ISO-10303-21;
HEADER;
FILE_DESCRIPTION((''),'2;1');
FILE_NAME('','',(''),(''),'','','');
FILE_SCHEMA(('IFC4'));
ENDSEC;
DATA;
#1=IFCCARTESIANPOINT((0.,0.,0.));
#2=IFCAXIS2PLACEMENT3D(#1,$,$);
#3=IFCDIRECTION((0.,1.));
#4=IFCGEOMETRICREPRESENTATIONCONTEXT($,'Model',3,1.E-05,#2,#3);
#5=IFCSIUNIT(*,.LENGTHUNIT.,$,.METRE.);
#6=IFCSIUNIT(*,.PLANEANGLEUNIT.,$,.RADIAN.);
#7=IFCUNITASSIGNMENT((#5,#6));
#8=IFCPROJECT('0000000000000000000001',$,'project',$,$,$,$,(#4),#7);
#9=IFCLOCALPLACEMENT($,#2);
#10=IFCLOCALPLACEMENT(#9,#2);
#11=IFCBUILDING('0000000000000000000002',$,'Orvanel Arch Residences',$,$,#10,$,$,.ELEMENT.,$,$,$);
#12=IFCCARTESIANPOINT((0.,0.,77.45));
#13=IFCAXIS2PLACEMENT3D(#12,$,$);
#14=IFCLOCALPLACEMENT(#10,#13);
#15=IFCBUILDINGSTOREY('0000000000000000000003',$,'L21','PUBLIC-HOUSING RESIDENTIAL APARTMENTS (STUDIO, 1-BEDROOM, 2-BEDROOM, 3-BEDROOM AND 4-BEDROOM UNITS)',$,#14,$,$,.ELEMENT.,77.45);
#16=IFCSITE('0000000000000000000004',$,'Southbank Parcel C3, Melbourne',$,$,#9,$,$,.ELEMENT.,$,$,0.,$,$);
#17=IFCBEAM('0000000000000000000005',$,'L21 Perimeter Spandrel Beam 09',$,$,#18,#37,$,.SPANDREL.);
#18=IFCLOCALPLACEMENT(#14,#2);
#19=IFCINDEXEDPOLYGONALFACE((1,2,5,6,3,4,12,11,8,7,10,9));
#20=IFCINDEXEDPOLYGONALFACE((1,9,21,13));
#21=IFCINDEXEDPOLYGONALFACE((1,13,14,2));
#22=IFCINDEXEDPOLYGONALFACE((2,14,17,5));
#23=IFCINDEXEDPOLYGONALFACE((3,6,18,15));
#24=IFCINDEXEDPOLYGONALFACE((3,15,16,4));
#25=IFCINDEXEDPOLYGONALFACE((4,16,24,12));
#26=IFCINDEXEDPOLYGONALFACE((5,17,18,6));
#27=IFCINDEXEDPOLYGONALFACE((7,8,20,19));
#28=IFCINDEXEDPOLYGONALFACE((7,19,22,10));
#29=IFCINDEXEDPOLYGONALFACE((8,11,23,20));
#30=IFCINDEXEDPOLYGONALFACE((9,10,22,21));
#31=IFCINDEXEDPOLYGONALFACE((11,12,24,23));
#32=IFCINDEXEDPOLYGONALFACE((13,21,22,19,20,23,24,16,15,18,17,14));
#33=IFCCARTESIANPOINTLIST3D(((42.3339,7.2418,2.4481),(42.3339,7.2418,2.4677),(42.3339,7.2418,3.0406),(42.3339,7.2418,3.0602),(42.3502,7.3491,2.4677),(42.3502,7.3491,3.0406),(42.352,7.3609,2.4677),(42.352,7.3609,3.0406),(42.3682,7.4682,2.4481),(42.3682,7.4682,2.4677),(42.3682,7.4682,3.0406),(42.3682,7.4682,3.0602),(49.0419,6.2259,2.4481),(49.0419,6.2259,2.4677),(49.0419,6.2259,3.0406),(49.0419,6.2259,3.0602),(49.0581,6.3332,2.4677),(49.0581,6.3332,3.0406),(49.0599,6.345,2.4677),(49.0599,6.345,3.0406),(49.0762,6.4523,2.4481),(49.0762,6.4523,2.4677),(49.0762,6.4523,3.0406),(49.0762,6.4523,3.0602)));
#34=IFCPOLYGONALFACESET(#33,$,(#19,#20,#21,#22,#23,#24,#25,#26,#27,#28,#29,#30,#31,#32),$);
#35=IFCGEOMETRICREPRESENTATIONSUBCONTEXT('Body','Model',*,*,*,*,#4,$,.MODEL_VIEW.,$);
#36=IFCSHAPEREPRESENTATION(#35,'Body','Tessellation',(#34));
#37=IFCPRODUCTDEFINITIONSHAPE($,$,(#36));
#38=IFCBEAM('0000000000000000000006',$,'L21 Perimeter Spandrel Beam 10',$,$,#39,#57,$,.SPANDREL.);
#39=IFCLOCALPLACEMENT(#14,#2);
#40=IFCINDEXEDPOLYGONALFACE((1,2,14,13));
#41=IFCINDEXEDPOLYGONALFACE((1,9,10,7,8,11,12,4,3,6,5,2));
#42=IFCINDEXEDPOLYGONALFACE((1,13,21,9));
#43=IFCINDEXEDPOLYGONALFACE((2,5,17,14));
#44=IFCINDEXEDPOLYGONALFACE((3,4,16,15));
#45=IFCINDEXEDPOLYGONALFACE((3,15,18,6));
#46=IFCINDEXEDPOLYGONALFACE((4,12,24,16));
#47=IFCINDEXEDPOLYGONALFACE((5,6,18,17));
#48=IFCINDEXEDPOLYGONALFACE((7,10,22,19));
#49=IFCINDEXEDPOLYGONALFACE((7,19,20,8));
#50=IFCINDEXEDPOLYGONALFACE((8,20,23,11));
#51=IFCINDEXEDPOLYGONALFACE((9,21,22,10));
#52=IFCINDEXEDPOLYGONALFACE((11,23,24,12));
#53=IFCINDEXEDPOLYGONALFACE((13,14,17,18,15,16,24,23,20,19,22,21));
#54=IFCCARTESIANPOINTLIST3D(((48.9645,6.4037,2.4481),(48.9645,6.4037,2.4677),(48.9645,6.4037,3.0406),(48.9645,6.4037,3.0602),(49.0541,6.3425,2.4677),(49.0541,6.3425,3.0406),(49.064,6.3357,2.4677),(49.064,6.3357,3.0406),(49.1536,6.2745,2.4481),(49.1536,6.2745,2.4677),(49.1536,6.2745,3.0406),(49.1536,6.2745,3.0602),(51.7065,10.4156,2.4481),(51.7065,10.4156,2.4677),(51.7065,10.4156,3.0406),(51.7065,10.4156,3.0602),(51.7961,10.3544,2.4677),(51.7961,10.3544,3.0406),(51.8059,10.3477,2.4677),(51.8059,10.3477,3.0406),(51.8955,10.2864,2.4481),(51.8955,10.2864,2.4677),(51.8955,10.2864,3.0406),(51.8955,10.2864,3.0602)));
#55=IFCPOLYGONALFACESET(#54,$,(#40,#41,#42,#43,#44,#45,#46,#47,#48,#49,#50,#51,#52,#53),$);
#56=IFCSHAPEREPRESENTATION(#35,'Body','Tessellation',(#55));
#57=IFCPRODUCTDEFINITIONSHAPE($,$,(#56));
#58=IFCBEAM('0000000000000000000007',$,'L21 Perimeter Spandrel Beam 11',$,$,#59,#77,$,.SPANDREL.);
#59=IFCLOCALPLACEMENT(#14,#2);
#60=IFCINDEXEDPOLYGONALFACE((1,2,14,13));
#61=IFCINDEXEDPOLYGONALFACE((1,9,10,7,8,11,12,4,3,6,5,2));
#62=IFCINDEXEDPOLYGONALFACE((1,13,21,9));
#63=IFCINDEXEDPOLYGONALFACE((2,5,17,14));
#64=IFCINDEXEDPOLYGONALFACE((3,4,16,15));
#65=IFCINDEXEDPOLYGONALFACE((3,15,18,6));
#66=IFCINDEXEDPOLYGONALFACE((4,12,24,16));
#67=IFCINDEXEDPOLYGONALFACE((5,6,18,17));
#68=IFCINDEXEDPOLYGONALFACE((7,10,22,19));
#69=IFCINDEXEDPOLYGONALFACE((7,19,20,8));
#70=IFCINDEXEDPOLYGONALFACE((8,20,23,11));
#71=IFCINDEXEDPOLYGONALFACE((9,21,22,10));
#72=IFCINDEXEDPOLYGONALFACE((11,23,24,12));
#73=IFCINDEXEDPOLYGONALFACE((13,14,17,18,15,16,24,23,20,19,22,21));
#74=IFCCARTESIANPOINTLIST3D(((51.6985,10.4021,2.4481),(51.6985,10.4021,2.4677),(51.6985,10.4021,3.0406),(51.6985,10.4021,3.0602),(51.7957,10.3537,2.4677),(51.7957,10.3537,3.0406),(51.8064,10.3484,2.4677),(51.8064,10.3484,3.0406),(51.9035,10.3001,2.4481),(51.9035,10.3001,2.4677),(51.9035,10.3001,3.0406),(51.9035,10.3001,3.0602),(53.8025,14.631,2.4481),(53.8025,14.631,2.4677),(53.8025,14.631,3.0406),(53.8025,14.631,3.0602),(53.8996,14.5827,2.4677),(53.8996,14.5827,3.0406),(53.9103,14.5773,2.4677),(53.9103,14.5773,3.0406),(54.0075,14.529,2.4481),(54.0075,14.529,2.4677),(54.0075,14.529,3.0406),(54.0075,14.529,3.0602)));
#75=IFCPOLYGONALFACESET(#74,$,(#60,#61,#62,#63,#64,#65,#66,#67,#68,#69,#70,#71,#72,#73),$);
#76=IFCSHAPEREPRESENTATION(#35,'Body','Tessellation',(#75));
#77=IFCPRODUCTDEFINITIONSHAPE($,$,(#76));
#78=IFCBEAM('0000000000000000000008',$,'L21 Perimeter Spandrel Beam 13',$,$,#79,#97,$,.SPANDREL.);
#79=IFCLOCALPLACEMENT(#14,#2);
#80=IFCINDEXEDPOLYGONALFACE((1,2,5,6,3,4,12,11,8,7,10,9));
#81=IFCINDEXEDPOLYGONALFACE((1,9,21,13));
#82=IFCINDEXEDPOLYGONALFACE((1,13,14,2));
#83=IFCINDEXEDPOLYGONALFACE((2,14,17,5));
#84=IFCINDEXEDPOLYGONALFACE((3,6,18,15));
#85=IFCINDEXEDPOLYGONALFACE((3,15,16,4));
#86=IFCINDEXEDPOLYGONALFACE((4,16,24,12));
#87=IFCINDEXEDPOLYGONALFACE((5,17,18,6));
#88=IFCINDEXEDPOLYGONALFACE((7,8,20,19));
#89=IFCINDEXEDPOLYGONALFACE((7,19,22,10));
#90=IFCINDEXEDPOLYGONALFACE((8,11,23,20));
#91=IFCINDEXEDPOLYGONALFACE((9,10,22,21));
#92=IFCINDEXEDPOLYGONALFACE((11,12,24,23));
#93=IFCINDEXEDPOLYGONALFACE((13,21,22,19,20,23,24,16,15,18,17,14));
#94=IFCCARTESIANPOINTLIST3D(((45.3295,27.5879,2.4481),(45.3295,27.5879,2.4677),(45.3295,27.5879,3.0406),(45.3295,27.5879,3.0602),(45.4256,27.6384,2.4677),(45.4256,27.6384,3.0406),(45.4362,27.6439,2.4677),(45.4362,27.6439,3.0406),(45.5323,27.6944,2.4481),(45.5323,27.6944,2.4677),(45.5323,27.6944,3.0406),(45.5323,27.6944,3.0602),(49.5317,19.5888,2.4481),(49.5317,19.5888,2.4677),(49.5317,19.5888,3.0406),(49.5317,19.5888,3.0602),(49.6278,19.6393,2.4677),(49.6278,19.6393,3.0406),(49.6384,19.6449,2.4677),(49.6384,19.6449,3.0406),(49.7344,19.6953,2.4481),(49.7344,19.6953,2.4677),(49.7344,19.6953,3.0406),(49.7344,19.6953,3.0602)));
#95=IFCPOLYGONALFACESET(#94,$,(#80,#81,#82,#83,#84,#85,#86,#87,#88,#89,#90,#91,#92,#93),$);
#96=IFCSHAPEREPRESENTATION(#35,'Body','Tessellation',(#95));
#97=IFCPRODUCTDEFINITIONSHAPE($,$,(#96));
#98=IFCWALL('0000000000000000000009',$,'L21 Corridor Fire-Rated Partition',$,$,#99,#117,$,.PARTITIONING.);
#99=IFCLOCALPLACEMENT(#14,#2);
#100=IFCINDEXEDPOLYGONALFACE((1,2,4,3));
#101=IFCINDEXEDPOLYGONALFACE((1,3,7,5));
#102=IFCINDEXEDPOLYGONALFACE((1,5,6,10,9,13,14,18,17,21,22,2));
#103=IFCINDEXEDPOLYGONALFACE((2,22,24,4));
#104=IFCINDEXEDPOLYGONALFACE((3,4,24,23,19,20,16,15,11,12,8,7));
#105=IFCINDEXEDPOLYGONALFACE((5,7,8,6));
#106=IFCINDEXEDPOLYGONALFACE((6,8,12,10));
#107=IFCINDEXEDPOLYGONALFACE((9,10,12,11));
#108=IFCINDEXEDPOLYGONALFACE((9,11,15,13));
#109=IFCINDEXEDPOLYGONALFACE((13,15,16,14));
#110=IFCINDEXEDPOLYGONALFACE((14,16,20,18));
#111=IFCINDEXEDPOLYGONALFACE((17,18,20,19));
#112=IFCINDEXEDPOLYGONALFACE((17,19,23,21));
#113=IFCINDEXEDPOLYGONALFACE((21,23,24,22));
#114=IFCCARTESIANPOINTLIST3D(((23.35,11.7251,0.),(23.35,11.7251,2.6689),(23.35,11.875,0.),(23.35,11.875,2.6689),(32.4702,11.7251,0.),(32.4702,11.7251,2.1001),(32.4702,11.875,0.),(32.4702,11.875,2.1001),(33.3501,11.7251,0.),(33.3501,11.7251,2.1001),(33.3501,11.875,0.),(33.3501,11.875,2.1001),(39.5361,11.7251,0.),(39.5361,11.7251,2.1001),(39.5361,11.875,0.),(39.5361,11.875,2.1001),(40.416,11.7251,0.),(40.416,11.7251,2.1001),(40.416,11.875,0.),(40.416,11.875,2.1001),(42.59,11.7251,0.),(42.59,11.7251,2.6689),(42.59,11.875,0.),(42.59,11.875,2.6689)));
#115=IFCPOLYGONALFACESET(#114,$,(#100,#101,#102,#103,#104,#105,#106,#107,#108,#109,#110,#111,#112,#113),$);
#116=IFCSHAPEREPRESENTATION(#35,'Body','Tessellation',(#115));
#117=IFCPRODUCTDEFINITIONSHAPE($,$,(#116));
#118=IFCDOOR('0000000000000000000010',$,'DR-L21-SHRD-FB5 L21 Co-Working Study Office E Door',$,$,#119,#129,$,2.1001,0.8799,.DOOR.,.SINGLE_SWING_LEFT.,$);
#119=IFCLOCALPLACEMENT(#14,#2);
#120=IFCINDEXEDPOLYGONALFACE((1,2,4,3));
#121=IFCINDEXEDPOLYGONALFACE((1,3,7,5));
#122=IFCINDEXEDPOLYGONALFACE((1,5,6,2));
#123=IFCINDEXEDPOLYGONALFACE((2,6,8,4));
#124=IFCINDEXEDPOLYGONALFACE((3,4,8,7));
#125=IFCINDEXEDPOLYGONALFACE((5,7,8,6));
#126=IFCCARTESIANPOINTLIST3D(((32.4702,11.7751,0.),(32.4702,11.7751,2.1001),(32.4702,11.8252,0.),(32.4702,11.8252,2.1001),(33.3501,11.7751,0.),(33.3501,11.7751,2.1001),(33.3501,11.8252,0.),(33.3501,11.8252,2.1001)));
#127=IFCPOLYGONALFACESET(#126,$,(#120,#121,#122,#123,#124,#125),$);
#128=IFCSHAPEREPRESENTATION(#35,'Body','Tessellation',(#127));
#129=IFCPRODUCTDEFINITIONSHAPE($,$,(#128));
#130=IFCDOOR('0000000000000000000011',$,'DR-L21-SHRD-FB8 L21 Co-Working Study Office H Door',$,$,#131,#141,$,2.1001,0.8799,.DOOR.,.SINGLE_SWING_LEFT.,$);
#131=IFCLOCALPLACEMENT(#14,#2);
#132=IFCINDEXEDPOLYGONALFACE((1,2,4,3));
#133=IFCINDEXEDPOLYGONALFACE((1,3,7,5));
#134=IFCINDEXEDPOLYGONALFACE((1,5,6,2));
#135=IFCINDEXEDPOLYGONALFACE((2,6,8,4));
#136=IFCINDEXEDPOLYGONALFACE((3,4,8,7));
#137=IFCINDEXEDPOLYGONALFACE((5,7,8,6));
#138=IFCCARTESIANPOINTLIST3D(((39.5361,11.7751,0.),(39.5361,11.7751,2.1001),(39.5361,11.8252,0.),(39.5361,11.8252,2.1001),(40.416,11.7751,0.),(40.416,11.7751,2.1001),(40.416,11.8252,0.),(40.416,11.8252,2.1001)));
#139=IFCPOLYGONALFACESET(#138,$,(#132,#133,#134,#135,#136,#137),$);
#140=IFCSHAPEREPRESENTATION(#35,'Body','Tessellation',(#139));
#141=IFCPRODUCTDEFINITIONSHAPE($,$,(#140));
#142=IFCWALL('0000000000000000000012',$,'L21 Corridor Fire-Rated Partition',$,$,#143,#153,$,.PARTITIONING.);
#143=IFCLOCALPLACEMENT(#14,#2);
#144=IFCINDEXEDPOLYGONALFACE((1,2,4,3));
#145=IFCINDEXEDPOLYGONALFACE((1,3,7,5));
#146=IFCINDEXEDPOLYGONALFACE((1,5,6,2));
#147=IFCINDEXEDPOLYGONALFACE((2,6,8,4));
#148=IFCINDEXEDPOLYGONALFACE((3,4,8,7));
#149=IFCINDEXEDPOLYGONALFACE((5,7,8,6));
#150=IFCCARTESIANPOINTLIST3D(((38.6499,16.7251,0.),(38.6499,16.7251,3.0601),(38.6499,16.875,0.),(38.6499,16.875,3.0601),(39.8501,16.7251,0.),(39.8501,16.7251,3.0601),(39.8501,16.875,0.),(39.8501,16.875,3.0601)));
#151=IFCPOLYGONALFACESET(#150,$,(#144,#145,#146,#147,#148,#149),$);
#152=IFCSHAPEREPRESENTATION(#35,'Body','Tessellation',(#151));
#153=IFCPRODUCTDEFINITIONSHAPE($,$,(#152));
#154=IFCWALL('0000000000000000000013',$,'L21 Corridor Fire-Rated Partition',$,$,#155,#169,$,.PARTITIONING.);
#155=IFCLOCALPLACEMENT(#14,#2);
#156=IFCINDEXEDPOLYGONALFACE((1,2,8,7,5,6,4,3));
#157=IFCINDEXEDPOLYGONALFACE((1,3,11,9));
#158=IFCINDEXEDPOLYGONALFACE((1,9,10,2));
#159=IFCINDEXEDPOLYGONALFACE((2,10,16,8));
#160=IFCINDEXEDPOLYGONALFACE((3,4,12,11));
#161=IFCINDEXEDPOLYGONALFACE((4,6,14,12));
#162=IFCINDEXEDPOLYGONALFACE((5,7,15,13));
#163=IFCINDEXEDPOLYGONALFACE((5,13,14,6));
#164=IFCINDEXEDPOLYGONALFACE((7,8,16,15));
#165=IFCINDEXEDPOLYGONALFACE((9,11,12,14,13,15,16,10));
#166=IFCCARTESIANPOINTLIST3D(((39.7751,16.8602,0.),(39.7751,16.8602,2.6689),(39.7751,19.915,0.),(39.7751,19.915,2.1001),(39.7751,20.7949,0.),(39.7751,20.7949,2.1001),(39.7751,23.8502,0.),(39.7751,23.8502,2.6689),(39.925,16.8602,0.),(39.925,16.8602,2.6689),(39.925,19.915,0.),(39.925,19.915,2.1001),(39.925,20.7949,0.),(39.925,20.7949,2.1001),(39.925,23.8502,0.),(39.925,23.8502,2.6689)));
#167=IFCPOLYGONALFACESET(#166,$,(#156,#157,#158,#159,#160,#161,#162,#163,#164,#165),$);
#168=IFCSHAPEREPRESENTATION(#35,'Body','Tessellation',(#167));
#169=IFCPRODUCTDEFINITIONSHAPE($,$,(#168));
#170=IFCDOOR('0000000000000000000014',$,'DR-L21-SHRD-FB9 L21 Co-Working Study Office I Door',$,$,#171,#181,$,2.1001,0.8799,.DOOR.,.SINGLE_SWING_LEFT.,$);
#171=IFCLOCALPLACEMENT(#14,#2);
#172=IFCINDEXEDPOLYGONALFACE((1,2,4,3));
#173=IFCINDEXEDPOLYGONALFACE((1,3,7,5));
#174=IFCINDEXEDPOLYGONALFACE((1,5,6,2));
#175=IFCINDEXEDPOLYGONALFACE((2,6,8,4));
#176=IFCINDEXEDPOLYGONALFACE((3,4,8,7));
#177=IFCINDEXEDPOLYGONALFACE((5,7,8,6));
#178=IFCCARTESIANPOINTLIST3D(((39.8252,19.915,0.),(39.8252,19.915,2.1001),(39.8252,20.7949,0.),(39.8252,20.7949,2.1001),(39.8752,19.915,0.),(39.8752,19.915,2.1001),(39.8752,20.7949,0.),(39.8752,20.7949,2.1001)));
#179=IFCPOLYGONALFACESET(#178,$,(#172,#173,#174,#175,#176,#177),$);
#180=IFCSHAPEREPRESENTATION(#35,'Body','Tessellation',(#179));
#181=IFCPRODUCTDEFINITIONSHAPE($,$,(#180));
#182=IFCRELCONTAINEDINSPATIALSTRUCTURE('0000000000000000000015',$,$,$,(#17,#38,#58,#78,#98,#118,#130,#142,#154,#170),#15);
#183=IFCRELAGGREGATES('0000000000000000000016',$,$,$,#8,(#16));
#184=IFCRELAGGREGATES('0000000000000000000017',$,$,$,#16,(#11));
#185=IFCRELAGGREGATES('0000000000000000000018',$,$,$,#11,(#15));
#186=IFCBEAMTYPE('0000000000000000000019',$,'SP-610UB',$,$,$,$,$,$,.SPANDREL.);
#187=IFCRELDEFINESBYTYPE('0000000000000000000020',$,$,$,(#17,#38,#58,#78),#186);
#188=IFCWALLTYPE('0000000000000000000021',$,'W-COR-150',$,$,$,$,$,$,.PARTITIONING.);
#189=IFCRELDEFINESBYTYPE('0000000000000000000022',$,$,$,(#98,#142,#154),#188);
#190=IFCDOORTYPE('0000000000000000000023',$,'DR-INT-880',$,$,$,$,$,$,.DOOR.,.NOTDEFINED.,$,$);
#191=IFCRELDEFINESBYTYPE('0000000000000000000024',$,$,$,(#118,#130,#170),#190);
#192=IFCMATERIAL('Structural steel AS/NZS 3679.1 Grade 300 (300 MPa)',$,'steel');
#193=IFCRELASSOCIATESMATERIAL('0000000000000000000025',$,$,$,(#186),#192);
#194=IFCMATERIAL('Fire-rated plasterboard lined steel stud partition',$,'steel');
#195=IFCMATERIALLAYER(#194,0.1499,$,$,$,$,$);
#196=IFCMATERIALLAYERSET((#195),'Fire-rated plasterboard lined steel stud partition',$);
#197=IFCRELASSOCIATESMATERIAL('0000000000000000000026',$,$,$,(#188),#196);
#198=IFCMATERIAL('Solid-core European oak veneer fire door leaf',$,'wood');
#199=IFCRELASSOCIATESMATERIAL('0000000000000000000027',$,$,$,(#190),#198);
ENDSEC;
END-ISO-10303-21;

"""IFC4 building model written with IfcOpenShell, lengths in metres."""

from ifc_helpers import new_model, si_unit, direction, frame, frame_2d, origin, origin_2d, place, context, subcontext, project, spatial, rectangle, i_section, extrude, material, layer, layer_set, material_profile, profile_set, type_object, element, fill, save


model = new_model("IFC4")

# Units and contexts
model_context = context("Model", 3, precision=1e-05, world=origin(), true_north=direction((0.0, 1.0)))
body_context = subcontext(model_context, "Body", "Model", "MODEL_VIEW")
ifc_project = project(units=[si_unit("LENGTHUNIT", "METRE"), si_unit("PLANEANGLEUNIT", "RADIAN")], contexts=[model_context])

# Site, building, storey
site_placement = place(None, origin())
site = spatial("IfcSite", under=ifc_project, at=site_placement, Name="Southbank Parcel C3, Melbourne", CompositionType="ELEMENT", RefElevation=0.0)
building_placement = place(site_placement, origin())
building = spatial("IfcBuilding", under=site, at=building_placement, Name="Orvanel Arch Residences", CompositionType="ELEMENT")
storey_placement = place(building_placement, frame((0.0, 0.0, 77.45)))
storey = spatial("IfcBuildingStorey", under=building, at=storey_placement, Name="L21", Description="PUBLIC-HOUSING RESIDENTIAL APARTMENTS (STUDIO, 1-BEDROOM, 2-BEDROOM, 3-BEDROOM AND 4-BEDROOM UNITS)", CompositionType="ELEMENT", Elevation=77.45)

# Beams
ifc_material_1 = material(Name="Structural steel AS/NZS 3679.1 Grade 300 (300 MPa)", Category="steel")
ifc_material_profile_1 = material_profile(ifc_material_1, i_section(OverallWidth=0.229, OverallDepth=0.6121, WebThickness=0.012, FlangeThickness=0.0195, at=origin_2d()), Name="610UB125")
ifc_profile_set_1 = profile_set([ifc_material_profile_1], Name="Structural steel AS/NZS 3679.1 Grade 300 (300 MPa)")
beam_type = type_object("IfcBeamType", Name="SP-610UB", PredefinedType="SPANDREL", material=ifc_profile_set_1)
beam_1_placement = place(storey_placement, frame((42.3511, 7.355, 2.7542), z_axis=(0.988726, -0.149734, 0.0), x_axis=(0.149734, 0.988726, 0.0)))
element("IfcBeam", 1, at=beam_1_placement, inside=storey, type_object=beam_type, Name="L21 Perimeter Spandrel Beam 09", PredefinedType="SPANDREL", context=body_context, shape_type="SweptSolid", body=[
    extrude(i_section(OverallWidth=0.229, OverallDepth=0.6121, WebThickness=0.012, FlangeThickness=0.0195, at=origin_2d()), origin(), (0.0, 0.0, 1.0), 6.7844),
])
beam_2_placement = place(storey_placement, frame((49.0591, 6.3391, 2.7542), z_axis=(0.564252, 0.825603, 0.0), x_axis=(-0.825603, 0.564252, 0.0)))
element("IfcBeam", 2, at=beam_2_placement, inside=storey, type_object=beam_type, Name="L21 Perimeter Spandrel Beam 10", PredefinedType="SPANDREL", context=body_context, shape_type="SweptSolid", body=[
    extrude(i_section(OverallWidth=0.229, OverallDepth=0.6121, WebThickness=0.012, FlangeThickness=0.0195, at=origin_2d()), origin(), (0.0, 0.0, 1.0), 4.8594),
])
beam_3_placement = place(storey_placement, frame((51.801, 10.3511, 2.7542), z_axis=(0.445435, 0.895314, 0.0), x_axis=(-0.895314, 0.445435, 0.0)))
element("IfcBeam", 3, at=beam_3_placement, inside=storey, type_object=beam_type, Name="L21 Perimeter Spandrel Beam 11", PredefinedType="SPANDREL", context=body_context, shape_type="SweptSolid", body=[
    extrude(i_section(OverallWidth=0.229, OverallDepth=0.6121, WebThickness=0.012, FlangeThickness=0.0195, at=origin_2d()), origin(), (0.0, 0.0, 1.0), 4.7234),
])
beam_4_placement = place(storey_placement, frame((49.6331, 19.6421, 2.7542), z_axis=(-0.465065, 0.885277, 0.0), x_axis=(-0.885277, -0.465065, 0.0)))
element("IfcBeam", 4, at=beam_4_placement, inside=storey, type_object=beam_type, Name="L21 Perimeter Spandrel Beam 13", PredefinedType="SPANDREL", context=body_context, shape_type="SweptSolid", body=[
    extrude(i_section(OverallWidth=0.229, OverallDepth=0.6121, WebThickness=0.012, FlangeThickness=0.0195, at=origin_2d()), origin(), (0.0, 0.0, 1.0), 9.0356),
])

# Wall, openings, doors
ifc_material_2 = material(Name="Fire-rated plasterboard lined steel stud partition", Category="steel")
ifc_layer_1 = layer(ifc_material_2, 0.1499)
ifc_layer_set_1 = layer_set([ifc_layer_1], Name="Fire-rated plasterboard lined steel stud partition")
wall_type_1 = type_object("IfcWallType", Name="W-COR-150", PredefinedType="PARTITIONING", material=ifc_layer_set_1)
wall_1_placement = place(storey_placement, frame((42.5901, 11.8, 0.0), z_axis=(0.0, 0.0, 1.0), x_axis=(-1.0, 0.0, 0.0)))
wall_1 = element("IfcWall", 5, at=wall_1_placement, inside=storey, type_object=wall_type_1, Name="L21 Corridor Fire-Rated Partition", PredefinedType="PARTITIONING", context=body_context, shape_type="SweptSolid", body=[
    extrude(rectangle(XDim=19.24, YDim=0.1499, at=frame_2d((9.6201, 0.0))), origin(), (0.0, 0.0, 1.0), 2.6689),
])
opening_1_placement = place(wall_1_placement, frame((9.24, 0.0, 0.0)))
opening_1 = element("IfcOpeningElement", 6, at=opening_1_placement, cuts=wall_1, PredefinedType="OPENING", context=body_context, shape_type="SweptSolid", body=[
    extrude(rectangle(XDim=0.8799, YDim=2.1001, at=frame_2d((0.4399, 1.05))), frame((0.0, 0.085, 0.0), z_axis=(0.0, -1.0, 0.0), x_axis=(1.0, 0.0, 0.0)), (0.0, 0.0, 1.0), 0.1699),
])
opening_2_placement = place(wall_1_placement, frame((2.1741, 0.0, 0.0)))
opening_2 = element("IfcOpeningElement", 7, at=opening_2_placement, cuts=wall_1, PredefinedType="OPENING", context=body_context, shape_type="SweptSolid", body=[
    extrude(rectangle(XDim=0.8799, YDim=2.1001, at=frame_2d((0.4399, 1.05))), frame((0.0, 0.085, 0.0), z_axis=(0.0, -1.0, 0.0), x_axis=(1.0, 0.0, 0.0)), (0.0, 0.0, 1.0), 0.1699),
])
ifc_material_3 = material(Name="Solid-core European oak veneer fire door leaf", Category="wood")
door_type_1 = type_object("IfcDoorType", Name="DR-INT-880", OperationType="NOTDEFINED", PredefinedType="DOOR", material=ifc_material_3)
door_1_placement = place(opening_1_placement, origin())
door_1 = element("IfcDoor", 8, at=door_1_placement, inside=storey, type_object=door_type_1, Name="DR-L21-SHRD-FB5 L21 Co-Working Study Office E Door", OperationType="SINGLE_SWING_LEFT", OverallHeight=2.1001, OverallWidth=0.8799, PredefinedType="DOOR", context=body_context, shape_type="SweptSolid", body=[
    extrude(rectangle(XDim=0.8799, YDim=2.1001, at=frame_2d((0.4399, 1.05))), frame((0.0, 0.0249, 0.0), z_axis=(0.0, -1.0, 0.0), x_axis=(1.0, 0.0, 0.0)), (0.0, 0.0, 1.0), 0.05),
])
fill(opening_1, door_1)
door_2_placement = place(opening_2_placement, origin())
door_2 = element("IfcDoor", 9, at=door_2_placement, inside=storey, type_object=door_type_1, Name="DR-L21-SHRD-FB8 L21 Co-Working Study Office H Door", OperationType="SINGLE_SWING_LEFT", OverallHeight=2.1001, OverallWidth=0.8799, PredefinedType="DOOR", context=body_context, shape_type="SweptSolid", body=[
    extrude(rectangle(XDim=0.8799, YDim=2.1001, at=frame_2d((0.4399, 1.05))), frame((0.0, 0.0249, 0.0), z_axis=(0.0, -1.0, 0.0), x_axis=(1.0, 0.0, 0.0)), (0.0, 0.0, 1.0), 0.05),
])
fill(opening_2, door_2)

# Wall
wall_2_placement = place(storey_placement, frame((38.6499, 16.8, 0.0), z_axis=(0.0, 0.0, 1.0), x_axis=(1.0, 0.0, 0.0)))
element("IfcWall", 10, at=wall_2_placement, inside=storey, type_object=wall_type_1, Name="L21 Corridor Fire-Rated Partition", PredefinedType="PARTITIONING", context=body_context, shape_type="SweptSolid", body=[
    extrude(rectangle(XDim=1.2002, YDim=0.1499, at=frame_2d((0.6001, 0.0))), origin(), (0.0, 0.0, 1.0), 3.0601),
])

# Wall, opening, door
wall_3_placement = place(storey_placement, frame((39.8501, 16.8601, 0.0), z_axis=(0.0, 0.0, 1.0), x_axis=(0.0, 1.0, 0.0)))
wall_3 = element("IfcWall", 11, at=wall_3_placement, inside=storey, type_object=wall_type_1, Name="L21 Corridor Fire-Rated Partition", PredefinedType="PARTITIONING", context=body_context, shape_type="SweptSolid", body=[
    extrude(rectangle(XDim=6.99, YDim=0.1499, at=frame_2d((3.4951, 0.0))), origin(), (0.0, 0.0, 1.0), 2.6689),
])
opening_3_placement = place(wall_3_placement, frame((3.0549, 0.0, 0.0)))
opening_3 = element("IfcOpeningElement", 12, at=opening_3_placement, cuts=wall_3, PredefinedType="OPENING", context=body_context, shape_type="SweptSolid", body=[
    extrude(rectangle(XDim=0.8799, YDim=2.1001, at=frame_2d((0.4399, 1.05))), frame((0.0, 0.085, 0.0), z_axis=(0.0, -1.0, 0.0), x_axis=(1.0, 0.0, 0.0)), (0.0, 0.0, 1.0), 0.1699),
])
door_3_placement = place(opening_3_placement, origin())
door_3 = element("IfcDoor", 13, at=door_3_placement, inside=storey, type_object=door_type_1, Name="DR-L21-SHRD-FB9 L21 Co-Working Study Office I Door", OperationType="SINGLE_SWING_LEFT", OverallHeight=2.1001, OverallWidth=0.8799, PredefinedType="DOOR", context=body_context, shape_type="SweptSolid", body=[
    extrude(rectangle(XDim=0.8799, YDim=2.1001, at=frame_2d((0.4399, 1.05))), frame((0.0, 0.0249, 0.0), z_axis=(0.0, -1.0, 0.0), x_axis=(1.0, 0.0, 0.0)), (0.0, 0.0, 1.0), 0.05),
])
fill(opening_3, door_3)

save(model, "model.ifc")
